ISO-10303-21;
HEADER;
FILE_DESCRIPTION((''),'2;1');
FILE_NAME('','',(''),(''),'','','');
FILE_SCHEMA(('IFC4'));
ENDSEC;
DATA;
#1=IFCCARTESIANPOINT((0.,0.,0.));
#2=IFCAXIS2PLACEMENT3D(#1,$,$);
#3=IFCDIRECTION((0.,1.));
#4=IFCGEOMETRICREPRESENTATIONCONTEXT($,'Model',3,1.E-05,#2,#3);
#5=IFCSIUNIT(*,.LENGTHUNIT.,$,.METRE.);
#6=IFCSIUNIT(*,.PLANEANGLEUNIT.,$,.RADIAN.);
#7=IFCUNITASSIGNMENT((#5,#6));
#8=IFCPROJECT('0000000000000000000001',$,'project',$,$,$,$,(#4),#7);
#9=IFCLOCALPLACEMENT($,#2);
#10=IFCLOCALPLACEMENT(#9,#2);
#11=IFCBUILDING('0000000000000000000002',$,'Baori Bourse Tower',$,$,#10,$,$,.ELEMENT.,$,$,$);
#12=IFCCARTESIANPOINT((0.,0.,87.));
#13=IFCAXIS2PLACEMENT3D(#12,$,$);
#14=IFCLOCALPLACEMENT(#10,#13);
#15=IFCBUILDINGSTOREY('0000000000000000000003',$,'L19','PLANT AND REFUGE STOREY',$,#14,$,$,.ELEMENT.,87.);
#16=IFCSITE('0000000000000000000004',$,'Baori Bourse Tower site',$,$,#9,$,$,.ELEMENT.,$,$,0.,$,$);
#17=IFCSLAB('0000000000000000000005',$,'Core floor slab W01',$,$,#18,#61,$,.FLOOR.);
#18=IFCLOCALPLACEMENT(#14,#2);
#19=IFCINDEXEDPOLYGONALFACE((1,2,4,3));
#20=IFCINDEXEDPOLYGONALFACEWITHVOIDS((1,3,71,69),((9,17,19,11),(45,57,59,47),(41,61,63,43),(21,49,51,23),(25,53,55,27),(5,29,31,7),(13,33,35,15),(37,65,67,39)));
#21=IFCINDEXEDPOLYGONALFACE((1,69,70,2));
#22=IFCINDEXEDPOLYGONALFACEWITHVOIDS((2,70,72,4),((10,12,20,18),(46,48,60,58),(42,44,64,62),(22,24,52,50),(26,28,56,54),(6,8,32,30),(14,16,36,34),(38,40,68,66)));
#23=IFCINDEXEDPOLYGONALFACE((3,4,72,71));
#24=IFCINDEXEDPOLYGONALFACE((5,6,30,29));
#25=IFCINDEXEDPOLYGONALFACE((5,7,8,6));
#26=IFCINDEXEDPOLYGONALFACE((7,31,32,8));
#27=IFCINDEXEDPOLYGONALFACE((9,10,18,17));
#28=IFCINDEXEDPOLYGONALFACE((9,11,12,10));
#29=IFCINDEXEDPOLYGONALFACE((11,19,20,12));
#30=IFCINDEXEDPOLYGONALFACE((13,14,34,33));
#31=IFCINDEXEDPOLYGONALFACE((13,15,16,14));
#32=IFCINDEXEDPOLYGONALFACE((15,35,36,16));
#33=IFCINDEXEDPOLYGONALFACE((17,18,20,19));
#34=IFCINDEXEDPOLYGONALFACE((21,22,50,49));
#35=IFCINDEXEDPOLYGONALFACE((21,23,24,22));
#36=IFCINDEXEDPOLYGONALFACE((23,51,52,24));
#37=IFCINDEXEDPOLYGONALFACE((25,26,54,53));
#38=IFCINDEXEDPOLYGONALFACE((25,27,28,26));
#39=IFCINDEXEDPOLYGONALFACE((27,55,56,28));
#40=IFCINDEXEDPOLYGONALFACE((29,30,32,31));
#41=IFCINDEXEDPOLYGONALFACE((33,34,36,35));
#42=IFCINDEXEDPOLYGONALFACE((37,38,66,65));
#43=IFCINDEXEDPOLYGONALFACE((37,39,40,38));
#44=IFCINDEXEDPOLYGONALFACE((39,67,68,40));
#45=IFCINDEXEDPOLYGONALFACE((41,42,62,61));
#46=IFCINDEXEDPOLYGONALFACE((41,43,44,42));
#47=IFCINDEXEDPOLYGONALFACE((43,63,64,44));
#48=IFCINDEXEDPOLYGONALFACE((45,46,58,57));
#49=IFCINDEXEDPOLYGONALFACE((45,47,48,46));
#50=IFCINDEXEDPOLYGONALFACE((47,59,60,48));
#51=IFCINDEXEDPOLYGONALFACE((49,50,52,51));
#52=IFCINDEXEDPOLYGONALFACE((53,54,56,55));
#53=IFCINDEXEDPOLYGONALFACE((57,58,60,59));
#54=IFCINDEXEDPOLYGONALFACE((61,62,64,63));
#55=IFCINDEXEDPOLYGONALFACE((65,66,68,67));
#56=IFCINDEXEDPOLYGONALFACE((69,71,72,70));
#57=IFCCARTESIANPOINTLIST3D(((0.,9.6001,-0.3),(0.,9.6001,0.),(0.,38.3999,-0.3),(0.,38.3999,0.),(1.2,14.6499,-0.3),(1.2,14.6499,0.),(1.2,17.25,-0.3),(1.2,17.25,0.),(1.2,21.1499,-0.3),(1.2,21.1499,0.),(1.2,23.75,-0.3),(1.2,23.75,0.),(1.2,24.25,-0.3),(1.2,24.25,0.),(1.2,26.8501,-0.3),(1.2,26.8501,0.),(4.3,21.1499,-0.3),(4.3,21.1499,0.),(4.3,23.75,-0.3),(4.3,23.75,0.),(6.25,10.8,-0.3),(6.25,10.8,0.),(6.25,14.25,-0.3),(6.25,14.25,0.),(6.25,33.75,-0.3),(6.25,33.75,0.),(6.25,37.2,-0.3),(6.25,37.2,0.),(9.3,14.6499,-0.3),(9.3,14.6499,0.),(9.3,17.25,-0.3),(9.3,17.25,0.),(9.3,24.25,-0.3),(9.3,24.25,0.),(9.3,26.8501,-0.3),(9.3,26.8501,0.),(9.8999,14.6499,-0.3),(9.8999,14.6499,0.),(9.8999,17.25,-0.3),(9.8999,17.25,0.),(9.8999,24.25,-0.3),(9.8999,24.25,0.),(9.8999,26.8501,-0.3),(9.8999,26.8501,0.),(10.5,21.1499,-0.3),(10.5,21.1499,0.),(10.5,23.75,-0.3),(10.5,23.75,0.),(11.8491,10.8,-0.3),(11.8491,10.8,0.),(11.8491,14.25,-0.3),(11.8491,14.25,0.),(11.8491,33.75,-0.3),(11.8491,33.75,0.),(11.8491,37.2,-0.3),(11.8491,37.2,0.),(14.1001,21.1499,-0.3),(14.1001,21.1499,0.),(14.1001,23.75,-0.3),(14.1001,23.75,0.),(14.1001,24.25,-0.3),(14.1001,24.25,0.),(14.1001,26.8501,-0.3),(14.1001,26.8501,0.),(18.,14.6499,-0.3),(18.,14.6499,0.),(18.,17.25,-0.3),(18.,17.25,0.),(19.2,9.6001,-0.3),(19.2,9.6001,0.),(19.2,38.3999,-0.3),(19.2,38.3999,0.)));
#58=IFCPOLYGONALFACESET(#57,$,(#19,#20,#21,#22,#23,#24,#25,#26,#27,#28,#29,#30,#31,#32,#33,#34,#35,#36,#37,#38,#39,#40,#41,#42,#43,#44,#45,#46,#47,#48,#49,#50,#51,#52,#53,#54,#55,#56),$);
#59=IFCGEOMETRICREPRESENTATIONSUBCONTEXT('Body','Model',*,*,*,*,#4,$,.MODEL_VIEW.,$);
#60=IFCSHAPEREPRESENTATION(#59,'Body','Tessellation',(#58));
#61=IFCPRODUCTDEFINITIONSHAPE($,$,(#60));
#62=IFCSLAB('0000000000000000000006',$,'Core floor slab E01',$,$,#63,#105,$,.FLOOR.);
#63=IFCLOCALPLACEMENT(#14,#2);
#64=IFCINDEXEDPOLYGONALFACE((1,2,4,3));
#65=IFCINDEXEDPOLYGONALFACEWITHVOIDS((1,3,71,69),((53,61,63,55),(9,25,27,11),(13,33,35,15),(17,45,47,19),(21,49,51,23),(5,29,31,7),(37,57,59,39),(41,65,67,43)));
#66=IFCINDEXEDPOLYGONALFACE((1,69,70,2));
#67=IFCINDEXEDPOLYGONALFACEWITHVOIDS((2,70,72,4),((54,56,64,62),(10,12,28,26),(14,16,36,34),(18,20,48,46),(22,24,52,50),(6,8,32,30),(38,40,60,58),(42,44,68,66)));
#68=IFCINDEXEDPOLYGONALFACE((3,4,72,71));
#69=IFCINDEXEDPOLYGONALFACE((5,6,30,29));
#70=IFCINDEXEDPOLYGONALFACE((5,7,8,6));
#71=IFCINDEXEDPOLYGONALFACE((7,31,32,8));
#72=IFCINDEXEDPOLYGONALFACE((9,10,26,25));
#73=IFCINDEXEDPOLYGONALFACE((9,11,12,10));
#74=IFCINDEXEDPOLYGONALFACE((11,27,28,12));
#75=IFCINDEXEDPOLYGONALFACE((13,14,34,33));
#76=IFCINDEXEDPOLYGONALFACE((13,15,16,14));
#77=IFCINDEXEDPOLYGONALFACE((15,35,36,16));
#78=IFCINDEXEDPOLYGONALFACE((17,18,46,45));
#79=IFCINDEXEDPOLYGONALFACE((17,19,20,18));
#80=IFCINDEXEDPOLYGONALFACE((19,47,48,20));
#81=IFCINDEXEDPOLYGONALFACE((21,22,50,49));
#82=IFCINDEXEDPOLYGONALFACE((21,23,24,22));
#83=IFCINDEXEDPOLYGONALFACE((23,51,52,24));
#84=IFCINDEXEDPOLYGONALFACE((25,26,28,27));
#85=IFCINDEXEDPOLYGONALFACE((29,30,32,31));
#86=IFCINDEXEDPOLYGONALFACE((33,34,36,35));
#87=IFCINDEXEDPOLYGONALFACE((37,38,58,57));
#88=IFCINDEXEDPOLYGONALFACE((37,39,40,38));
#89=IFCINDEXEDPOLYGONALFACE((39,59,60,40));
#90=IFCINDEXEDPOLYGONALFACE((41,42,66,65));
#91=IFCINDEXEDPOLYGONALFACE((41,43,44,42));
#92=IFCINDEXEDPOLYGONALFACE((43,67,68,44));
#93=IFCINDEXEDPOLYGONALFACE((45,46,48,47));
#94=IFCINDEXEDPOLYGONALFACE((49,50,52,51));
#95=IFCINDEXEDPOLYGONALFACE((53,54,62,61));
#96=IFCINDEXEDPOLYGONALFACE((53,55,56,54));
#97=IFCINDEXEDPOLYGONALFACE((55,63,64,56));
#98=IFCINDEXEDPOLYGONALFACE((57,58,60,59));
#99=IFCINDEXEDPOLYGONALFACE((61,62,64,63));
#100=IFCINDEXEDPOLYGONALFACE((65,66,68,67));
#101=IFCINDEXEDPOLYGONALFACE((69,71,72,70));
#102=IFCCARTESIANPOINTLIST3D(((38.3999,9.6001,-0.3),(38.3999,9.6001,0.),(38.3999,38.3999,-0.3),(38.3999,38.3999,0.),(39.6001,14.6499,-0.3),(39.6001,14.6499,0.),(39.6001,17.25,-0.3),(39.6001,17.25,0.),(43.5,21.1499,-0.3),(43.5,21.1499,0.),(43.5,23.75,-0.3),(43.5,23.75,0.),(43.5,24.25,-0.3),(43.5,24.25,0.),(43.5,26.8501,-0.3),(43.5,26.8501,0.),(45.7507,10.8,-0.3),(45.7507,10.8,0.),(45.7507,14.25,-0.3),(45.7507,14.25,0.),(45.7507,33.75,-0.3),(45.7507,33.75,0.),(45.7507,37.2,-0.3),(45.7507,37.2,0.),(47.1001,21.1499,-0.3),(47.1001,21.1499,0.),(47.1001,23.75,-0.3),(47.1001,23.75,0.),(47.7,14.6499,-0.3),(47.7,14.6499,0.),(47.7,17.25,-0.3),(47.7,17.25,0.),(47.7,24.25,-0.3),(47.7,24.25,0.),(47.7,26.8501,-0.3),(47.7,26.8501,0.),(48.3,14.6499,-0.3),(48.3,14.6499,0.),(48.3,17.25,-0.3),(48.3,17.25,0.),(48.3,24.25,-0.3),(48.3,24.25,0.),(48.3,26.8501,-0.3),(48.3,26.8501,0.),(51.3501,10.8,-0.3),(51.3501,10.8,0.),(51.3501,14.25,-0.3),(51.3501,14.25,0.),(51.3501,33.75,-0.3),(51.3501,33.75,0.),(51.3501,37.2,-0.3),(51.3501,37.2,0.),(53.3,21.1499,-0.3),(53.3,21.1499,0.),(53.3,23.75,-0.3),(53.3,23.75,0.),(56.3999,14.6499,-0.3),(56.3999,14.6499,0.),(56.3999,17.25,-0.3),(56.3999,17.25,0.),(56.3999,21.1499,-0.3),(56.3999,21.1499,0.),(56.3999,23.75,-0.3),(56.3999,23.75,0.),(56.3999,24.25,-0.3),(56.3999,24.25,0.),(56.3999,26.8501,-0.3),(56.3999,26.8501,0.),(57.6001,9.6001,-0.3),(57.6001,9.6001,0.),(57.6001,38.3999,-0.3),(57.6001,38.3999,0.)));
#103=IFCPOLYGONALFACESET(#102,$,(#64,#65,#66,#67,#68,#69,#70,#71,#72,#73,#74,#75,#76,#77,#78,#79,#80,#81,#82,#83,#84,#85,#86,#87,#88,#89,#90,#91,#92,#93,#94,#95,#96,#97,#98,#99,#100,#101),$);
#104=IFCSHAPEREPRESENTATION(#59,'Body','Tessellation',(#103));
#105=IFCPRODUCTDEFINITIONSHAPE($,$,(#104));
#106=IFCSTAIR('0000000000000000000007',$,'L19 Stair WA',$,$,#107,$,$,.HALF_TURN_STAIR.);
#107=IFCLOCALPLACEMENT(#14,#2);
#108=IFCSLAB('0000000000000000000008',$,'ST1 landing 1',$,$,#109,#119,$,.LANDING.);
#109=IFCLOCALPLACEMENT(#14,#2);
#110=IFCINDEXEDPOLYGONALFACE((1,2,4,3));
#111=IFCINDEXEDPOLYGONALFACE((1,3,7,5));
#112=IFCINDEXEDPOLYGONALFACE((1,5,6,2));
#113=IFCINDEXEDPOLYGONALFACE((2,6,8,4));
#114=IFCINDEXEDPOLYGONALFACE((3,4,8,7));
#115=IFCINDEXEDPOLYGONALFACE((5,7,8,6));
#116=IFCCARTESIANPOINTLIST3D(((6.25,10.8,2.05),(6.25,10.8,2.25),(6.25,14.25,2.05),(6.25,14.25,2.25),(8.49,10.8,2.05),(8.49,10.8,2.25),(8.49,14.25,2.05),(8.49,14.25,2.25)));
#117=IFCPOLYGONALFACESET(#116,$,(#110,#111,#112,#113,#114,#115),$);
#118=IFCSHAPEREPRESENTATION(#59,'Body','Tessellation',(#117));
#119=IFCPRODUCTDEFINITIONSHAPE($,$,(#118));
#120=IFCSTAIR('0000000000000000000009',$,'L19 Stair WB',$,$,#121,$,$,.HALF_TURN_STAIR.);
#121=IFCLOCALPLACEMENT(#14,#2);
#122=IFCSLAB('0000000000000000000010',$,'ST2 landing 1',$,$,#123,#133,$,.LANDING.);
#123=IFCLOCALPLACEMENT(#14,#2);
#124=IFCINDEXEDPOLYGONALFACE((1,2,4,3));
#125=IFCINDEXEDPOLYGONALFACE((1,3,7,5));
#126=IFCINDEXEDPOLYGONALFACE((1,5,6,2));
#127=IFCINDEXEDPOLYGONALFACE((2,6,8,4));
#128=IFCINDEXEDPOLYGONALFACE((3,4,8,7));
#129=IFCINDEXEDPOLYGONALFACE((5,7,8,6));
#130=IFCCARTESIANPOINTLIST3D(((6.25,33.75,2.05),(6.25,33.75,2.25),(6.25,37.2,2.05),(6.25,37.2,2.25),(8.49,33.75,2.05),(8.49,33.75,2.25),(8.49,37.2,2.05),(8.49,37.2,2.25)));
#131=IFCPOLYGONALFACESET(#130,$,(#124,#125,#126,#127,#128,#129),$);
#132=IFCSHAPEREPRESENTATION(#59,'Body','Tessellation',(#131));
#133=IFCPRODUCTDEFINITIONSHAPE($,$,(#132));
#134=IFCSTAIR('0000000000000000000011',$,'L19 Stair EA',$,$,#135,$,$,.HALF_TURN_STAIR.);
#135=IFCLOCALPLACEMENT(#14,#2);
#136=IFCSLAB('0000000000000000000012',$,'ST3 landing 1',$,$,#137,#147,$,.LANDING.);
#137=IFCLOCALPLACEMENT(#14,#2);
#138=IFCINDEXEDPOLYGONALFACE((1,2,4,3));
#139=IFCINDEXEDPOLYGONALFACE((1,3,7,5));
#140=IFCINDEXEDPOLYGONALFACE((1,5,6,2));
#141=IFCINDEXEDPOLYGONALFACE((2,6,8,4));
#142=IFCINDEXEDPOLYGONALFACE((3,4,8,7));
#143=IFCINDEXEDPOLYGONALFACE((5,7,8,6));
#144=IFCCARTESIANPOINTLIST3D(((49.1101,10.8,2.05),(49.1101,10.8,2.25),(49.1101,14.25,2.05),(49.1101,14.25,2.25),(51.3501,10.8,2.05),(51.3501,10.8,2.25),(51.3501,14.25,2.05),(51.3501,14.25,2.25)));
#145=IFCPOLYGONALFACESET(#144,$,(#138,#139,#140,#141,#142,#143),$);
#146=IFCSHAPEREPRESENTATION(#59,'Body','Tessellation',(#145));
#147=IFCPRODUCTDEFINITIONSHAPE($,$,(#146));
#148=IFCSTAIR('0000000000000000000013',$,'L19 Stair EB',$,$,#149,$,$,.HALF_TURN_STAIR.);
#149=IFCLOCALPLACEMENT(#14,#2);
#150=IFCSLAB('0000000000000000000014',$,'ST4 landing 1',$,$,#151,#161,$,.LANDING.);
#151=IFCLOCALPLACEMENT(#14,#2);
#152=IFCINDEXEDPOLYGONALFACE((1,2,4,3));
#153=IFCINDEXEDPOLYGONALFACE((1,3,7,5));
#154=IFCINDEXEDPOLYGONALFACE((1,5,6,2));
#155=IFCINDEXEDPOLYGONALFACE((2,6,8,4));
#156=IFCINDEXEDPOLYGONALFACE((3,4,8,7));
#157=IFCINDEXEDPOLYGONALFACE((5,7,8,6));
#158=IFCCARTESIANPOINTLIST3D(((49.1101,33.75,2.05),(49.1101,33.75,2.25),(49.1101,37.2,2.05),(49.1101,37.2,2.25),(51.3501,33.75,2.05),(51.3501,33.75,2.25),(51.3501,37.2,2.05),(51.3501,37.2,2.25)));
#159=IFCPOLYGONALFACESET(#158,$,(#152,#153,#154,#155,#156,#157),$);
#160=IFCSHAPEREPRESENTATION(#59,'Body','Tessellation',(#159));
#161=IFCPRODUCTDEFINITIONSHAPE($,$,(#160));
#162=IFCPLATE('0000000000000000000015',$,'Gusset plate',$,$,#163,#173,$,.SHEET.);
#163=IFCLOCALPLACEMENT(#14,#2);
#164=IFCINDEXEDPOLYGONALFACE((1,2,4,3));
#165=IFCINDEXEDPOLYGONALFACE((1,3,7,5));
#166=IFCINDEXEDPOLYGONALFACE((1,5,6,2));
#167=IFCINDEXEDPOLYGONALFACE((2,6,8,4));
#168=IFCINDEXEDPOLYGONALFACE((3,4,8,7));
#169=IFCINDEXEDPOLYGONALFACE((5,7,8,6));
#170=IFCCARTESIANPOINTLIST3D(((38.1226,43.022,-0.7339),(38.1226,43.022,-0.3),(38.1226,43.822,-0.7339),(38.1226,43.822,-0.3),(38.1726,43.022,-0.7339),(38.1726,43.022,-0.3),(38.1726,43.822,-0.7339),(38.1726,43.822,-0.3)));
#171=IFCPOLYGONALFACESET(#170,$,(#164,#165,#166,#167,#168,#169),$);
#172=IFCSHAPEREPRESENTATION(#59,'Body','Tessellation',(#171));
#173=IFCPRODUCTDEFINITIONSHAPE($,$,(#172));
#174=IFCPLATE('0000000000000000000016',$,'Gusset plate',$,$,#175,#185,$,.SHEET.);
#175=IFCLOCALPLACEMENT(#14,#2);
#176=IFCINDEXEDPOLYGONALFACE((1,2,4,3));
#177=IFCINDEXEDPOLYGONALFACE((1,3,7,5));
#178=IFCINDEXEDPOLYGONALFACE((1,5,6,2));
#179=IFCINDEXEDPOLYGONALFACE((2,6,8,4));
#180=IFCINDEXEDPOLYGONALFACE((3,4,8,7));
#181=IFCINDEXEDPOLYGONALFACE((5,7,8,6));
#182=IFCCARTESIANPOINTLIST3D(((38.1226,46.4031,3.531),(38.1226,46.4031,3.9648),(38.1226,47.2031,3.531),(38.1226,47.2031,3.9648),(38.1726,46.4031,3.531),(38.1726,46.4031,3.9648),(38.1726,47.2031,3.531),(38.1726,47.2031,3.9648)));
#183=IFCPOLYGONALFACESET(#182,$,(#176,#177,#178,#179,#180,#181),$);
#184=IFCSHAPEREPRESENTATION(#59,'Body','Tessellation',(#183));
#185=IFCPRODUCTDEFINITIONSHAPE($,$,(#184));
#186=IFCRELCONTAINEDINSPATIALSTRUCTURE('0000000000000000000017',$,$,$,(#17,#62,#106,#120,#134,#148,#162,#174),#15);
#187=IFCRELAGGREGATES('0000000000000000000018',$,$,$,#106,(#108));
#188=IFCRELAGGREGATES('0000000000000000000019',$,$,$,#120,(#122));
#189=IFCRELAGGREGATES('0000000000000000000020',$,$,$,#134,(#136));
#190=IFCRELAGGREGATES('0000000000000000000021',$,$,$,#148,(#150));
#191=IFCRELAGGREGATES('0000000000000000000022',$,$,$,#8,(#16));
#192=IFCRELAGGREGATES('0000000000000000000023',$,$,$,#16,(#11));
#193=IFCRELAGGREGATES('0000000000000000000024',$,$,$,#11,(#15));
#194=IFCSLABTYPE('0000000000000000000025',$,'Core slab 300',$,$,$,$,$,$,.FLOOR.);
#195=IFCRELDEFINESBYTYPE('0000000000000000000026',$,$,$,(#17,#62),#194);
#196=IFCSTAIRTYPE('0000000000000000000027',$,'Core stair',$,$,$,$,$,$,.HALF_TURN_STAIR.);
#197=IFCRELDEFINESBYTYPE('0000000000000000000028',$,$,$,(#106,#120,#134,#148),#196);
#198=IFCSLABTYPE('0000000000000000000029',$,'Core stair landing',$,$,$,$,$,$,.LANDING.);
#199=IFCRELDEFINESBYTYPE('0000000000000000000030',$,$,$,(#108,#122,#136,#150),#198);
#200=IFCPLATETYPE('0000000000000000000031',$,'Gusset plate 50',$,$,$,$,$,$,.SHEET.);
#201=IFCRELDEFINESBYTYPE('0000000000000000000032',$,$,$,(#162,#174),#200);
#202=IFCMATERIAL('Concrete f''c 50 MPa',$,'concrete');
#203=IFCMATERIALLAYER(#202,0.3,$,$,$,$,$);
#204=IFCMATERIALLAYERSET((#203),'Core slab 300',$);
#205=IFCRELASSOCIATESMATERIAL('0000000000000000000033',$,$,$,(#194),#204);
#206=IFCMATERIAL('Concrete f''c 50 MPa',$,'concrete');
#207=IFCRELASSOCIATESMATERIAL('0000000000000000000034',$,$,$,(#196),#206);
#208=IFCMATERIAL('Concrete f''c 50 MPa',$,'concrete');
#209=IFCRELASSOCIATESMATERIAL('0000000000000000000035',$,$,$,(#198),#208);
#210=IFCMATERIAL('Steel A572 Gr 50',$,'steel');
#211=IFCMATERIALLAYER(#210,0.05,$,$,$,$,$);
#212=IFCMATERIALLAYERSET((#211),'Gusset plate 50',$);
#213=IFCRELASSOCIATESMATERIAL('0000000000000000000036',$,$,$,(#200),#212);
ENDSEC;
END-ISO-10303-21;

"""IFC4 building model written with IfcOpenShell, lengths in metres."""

from ifc_helpers import new_model, si_unit, direction, frame, origin, place, context, subcontext, project, spatial, polyline, outline, extrude, material, layer, layer_set, type_object, element, aggregate, save


model = new_model("IFC4")

# Units and contexts
model_context = context("Model", 3, precision=1e-05, world=origin(), true_north=direction((0.0, 1.0)))
body_context = subcontext(model_context, "Body", "Model", "MODEL_VIEW")
ifc_project = project(units=[si_unit("LENGTHUNIT", "METRE"), si_unit("PLANEANGLEUNIT", "RADIAN")], contexts=[model_context])

# Site, building, storey
site_placement = place(None, origin())
site = spatial("IfcSite", under=ifc_project, at=site_placement, Name="Baori Bourse Tower site", CompositionType="ELEMENT", RefElevation=0.0)
building_placement = place(site_placement, origin())
building = spatial("IfcBuilding", under=site, at=building_placement, Name="Baori Bourse Tower", CompositionType="ELEMENT")
storey_placement = place(building_placement, frame((0.0, 0.0, 87.0)))
storey = spatial("IfcBuildingStorey", under=building, at=storey_placement, Name="L19", Description="PLANT AND REFUGE STOREY", CompositionType="ELEMENT", Elevation=87.0)

# Slabs
ifc_material_1 = material(Name="Concrete f'c 50 MPa", Category="concrete")
ifc_layer_1 = layer(ifc_material_1, 0.3)
ifc_layer_set_1 = layer_set([ifc_layer_1], Name="Core slab 300")
slab_type_1 = type_object("IfcSlabType", Name="Core slab 300", PredefinedType="FLOOR", material=ifc_layer_set_1)
slab_1_placement = place(storey_placement, frame((0.0, 0.0, -0.3)))
element("IfcSlab", 1, at=slab_1_placement, inside=storey, type_object=slab_type_1, Name="Core floor slab W01", PredefinedType="FLOOR", context=body_context, shape_type="SweptSolid", body=[
    extrude(outline(polyline([(19.2, 9.6001), (19.2, 38.3999), (0.0, 38.3999), (0.0, 9.6001), (19.2, 9.6001)]), holes=[polyline([(9.8999, 14.6499), (9.8999, 17.25), (18.0, 17.25), (18.0, 14.6499), (9.8999, 14.6499)]), polyline([(10.5, 21.1499), (10.5, 23.75), (14.1001, 23.75), (14.1001, 21.1499), (10.5, 21.1499)]), polyline([(14.1001, 24.25), (9.8999, 24.25), (9.8999, 26.8501), (14.1001, 26.8501), (14.1001, 24.25)]), polyline([(6.25, 14.25), (11.8491, 14.25), (11.8491, 10.8), (6.25, 10.8), (6.25, 14.25)]), polyline([(11.8491, 37.2), (11.8491, 33.75), (6.25, 33.75), (6.25, 37.2), (11.8491, 37.2)]), polyline([(1.2, 26.8501), (9.3, 26.8501), (9.3, 24.25), (1.2, 24.25), (1.2, 26.8501)]), polyline([(9.3, 14.6499), (1.2, 14.6499), (1.2, 17.25), (9.3, 17.25), (9.3, 14.6499)]), polyline([(4.3, 23.75), (4.3, 21.1499), (1.2, 21.1499), (1.2, 23.75), (4.3, 23.75)])]), origin(), (0.0, 0.0, 1.0), 0.3),
])
slab_2_placement = place(storey_placement, frame((0.0, 0.0, -0.3)))
element("IfcSlab", 2, at=slab_2_placement, inside=storey, type_object=slab_type_1, Name="Core floor slab E01", PredefinedType="FLOOR", context=body_context, shape_type="SweptSolid", body=[
    extrude(outline(polyline([(38.3999, 9.6001), (57.6001, 9.6001), (57.6001, 38.3999), (38.3999, 38.3999), (38.3999, 9.6001)]), holes=[polyline([(48.3, 14.6499), (48.3, 17.25), (56.3999, 17.25), (56.3999, 14.6499), (48.3, 14.6499)]), polyline([(56.3999, 21.1499), (53.3, 21.1499), (53.3, 23.75), (56.3999, 23.75), (56.3999, 21.1499)]), polyline([(56.3999, 26.8501), (56.3999, 24.25), (48.3, 24.25), (48.3, 26.8501), (56.3999, 26.8501)]), polyline([(45.7507, 14.25), (51.3501, 14.25), (51.3501, 10.8), (45.7507, 10.8), (45.7507, 14.25)]), polyline([(51.3501, 37.2), (51.3501, 33.75), (45.7507, 33.75), (45.7507, 37.2), (51.3501, 37.2)]), polyline([(39.6001, 17.25), (47.7, 17.25), (47.7, 14.6499), (39.6001, 14.6499), (39.6001, 17.25)]), polyline([(43.5, 24.25), (43.5, 26.8501), (47.7, 26.8501), (47.7, 24.25), (43.5, 24.25)]), polyline([(43.5, 23.75), (47.1001, 23.75), (47.1001, 21.1499), (43.5, 21.1499), (43.5, 23.75)])]), origin(), (0.0, 0.0, 1.0), 0.3),
])

# Stairs, slabs
ifc_material_2 = material(Name="Concrete f'c 50 MPa", Category="concrete")
stair_type = type_object("IfcStairType", Name="Core stair", PredefinedType="HALF_TURN_STAIR", material=ifc_material_2)
stair_1_placement = place(storey_placement, origin())
stair_1 = element("IfcStair", 3, at=stair_1_placement, inside=storey, type_object=stair_type, Name="L19 Stair WA", PredefinedType="HALF_TURN_STAIR")
ifc_material_3 = material(Name="Concrete f'c 50 MPa", Category="concrete")
slab_type_2 = type_object("IfcSlabType", Name="Core stair landing", PredefinedType="LANDING", material=ifc_material_3)
slab_3_placement = place(storey_placement, frame((0.0, 0.0, 2.05)))
slab_3 = element("IfcSlab", 4, at=slab_3_placement, type_object=slab_type_2, Name="ST1 landing 1", PredefinedType="LANDING", context=body_context, shape_type="SweptSolid", body=[
    extrude(outline(polyline([(8.49, 14.25), (6.25, 14.25), (6.25, 10.8), (8.49, 10.8), (8.49, 14.25)])), origin(), (0.0, 0.0, 1.0), 0.2),
])
aggregate(stair_1, [slab_3])
stair_2_placement = place(storey_placement, origin())
stair_2 = element("IfcStair", 5, at=stair_2_placement, inside=storey, type_object=stair_type, Name="L19 Stair WB", PredefinedType="HALF_TURN_STAIR")
slab_4_placement = place(storey_placement, frame((0.0, 0.0, 2.05)))
slab_4 = element("IfcSlab", 6, at=slab_4_placement, type_object=slab_type_2, Name="ST2 landing 1", PredefinedType="LANDING", context=body_context, shape_type="SweptSolid", body=[
    extrude(outline(polyline([(8.49, 37.2), (6.25, 37.2), (6.25, 33.75), (8.49, 33.75), (8.49, 37.2)])), origin(), (0.0, 0.0, 1.0), 0.2),
])
aggregate(stair_2, [slab_4])
stair_3_placement = place(storey_placement, origin())
stair_3 = element("IfcStair", 7, at=stair_3_placement, inside=storey, type_object=stair_type, Name="L19 Stair EA", PredefinedType="HALF_TURN_STAIR")
slab_5_placement = place(storey_placement, frame((0.0, 0.0, 2.05)))
slab_5 = element("IfcSlab", 8, at=slab_5_placement, type_object=slab_type_2, Name="ST3 landing 1", PredefinedType="LANDING", context=body_context, shape_type="SweptSolid", body=[
    extrude(outline(polyline([(49.1101, 10.8), (51.3501, 10.8), (51.3501, 14.25), (49.1101, 14.25), (49.1101, 10.8)])), origin(), (0.0, 0.0, 1.0), 0.2),
])
aggregate(stair_3, [slab_5])
stair_4_placement = place(storey_placement, origin())
stair_4 = element("IfcStair", 9, at=stair_4_placement, inside=storey, type_object=stair_type, Name="L19 Stair EB", PredefinedType="HALF_TURN_STAIR")
slab_6_placement = place(storey_placement, frame((0.0, 0.0, 2.05)))
slab_6 = element("IfcSlab", 10, at=slab_6_placement, type_object=slab_type_2, Name="ST4 landing 1", PredefinedType="LANDING", context=body_context, shape_type="SweptSolid", body=[
    extrude(outline(polyline([(49.1101, 33.75), (51.3501, 33.75), (51.3501, 37.2), (49.1101, 37.2), (49.1101, 33.75)])), origin(), (0.0, 0.0, 1.0), 0.2),
])
aggregate(stair_4, [slab_6])

# Plates
ifc_material_4 = material(Name="Steel A572 Gr 50", Category="steel")
ifc_layer_2 = layer(ifc_material_4, 0.05)
ifc_layer_set_2 = layer_set([ifc_layer_2], Name="Gusset plate 50")
plate_type_1 = type_object("IfcPlateType", Name="Gusset plate 50", PredefinedType="SHEET", material=ifc_layer_set_2)
plate_1_placement = place(storey_placement, frame((0.0, 0.0, -0.7339)))
element("IfcPlate", 11, at=plate_1_placement, inside=storey, type_object=plate_type_1, Name="Gusset plate", PredefinedType="SHEET", context=body_context, shape_type="SweptSolid", body=[
    extrude(outline(polyline([(38.1226, 43.022), (38.1726, 43.022), (38.1726, 43.822), (38.1226, 43.822), (38.1226, 43.022)])), origin(), (0.0, 0.0, 1.0), 0.4338),
])
plate_2_placement = place(storey_placement, frame((0.0, 0.0, 3.531)))
element("IfcPlate", 12, at=plate_2_placement, inside=storey, type_object=plate_type_1, Name="Gusset plate", PredefinedType="SHEET", context=body_context, shape_type="SweptSolid", body=[
    extrude(outline(polyline([(38.1226, 46.4031), (38.1726, 46.4031), (38.1726, 47.2031), (38.1226, 47.2031), (38.1226, 46.4031)])), origin(), (0.0, 0.0, 1.0), 0.4338),
])

save(model, "model.ifc")
